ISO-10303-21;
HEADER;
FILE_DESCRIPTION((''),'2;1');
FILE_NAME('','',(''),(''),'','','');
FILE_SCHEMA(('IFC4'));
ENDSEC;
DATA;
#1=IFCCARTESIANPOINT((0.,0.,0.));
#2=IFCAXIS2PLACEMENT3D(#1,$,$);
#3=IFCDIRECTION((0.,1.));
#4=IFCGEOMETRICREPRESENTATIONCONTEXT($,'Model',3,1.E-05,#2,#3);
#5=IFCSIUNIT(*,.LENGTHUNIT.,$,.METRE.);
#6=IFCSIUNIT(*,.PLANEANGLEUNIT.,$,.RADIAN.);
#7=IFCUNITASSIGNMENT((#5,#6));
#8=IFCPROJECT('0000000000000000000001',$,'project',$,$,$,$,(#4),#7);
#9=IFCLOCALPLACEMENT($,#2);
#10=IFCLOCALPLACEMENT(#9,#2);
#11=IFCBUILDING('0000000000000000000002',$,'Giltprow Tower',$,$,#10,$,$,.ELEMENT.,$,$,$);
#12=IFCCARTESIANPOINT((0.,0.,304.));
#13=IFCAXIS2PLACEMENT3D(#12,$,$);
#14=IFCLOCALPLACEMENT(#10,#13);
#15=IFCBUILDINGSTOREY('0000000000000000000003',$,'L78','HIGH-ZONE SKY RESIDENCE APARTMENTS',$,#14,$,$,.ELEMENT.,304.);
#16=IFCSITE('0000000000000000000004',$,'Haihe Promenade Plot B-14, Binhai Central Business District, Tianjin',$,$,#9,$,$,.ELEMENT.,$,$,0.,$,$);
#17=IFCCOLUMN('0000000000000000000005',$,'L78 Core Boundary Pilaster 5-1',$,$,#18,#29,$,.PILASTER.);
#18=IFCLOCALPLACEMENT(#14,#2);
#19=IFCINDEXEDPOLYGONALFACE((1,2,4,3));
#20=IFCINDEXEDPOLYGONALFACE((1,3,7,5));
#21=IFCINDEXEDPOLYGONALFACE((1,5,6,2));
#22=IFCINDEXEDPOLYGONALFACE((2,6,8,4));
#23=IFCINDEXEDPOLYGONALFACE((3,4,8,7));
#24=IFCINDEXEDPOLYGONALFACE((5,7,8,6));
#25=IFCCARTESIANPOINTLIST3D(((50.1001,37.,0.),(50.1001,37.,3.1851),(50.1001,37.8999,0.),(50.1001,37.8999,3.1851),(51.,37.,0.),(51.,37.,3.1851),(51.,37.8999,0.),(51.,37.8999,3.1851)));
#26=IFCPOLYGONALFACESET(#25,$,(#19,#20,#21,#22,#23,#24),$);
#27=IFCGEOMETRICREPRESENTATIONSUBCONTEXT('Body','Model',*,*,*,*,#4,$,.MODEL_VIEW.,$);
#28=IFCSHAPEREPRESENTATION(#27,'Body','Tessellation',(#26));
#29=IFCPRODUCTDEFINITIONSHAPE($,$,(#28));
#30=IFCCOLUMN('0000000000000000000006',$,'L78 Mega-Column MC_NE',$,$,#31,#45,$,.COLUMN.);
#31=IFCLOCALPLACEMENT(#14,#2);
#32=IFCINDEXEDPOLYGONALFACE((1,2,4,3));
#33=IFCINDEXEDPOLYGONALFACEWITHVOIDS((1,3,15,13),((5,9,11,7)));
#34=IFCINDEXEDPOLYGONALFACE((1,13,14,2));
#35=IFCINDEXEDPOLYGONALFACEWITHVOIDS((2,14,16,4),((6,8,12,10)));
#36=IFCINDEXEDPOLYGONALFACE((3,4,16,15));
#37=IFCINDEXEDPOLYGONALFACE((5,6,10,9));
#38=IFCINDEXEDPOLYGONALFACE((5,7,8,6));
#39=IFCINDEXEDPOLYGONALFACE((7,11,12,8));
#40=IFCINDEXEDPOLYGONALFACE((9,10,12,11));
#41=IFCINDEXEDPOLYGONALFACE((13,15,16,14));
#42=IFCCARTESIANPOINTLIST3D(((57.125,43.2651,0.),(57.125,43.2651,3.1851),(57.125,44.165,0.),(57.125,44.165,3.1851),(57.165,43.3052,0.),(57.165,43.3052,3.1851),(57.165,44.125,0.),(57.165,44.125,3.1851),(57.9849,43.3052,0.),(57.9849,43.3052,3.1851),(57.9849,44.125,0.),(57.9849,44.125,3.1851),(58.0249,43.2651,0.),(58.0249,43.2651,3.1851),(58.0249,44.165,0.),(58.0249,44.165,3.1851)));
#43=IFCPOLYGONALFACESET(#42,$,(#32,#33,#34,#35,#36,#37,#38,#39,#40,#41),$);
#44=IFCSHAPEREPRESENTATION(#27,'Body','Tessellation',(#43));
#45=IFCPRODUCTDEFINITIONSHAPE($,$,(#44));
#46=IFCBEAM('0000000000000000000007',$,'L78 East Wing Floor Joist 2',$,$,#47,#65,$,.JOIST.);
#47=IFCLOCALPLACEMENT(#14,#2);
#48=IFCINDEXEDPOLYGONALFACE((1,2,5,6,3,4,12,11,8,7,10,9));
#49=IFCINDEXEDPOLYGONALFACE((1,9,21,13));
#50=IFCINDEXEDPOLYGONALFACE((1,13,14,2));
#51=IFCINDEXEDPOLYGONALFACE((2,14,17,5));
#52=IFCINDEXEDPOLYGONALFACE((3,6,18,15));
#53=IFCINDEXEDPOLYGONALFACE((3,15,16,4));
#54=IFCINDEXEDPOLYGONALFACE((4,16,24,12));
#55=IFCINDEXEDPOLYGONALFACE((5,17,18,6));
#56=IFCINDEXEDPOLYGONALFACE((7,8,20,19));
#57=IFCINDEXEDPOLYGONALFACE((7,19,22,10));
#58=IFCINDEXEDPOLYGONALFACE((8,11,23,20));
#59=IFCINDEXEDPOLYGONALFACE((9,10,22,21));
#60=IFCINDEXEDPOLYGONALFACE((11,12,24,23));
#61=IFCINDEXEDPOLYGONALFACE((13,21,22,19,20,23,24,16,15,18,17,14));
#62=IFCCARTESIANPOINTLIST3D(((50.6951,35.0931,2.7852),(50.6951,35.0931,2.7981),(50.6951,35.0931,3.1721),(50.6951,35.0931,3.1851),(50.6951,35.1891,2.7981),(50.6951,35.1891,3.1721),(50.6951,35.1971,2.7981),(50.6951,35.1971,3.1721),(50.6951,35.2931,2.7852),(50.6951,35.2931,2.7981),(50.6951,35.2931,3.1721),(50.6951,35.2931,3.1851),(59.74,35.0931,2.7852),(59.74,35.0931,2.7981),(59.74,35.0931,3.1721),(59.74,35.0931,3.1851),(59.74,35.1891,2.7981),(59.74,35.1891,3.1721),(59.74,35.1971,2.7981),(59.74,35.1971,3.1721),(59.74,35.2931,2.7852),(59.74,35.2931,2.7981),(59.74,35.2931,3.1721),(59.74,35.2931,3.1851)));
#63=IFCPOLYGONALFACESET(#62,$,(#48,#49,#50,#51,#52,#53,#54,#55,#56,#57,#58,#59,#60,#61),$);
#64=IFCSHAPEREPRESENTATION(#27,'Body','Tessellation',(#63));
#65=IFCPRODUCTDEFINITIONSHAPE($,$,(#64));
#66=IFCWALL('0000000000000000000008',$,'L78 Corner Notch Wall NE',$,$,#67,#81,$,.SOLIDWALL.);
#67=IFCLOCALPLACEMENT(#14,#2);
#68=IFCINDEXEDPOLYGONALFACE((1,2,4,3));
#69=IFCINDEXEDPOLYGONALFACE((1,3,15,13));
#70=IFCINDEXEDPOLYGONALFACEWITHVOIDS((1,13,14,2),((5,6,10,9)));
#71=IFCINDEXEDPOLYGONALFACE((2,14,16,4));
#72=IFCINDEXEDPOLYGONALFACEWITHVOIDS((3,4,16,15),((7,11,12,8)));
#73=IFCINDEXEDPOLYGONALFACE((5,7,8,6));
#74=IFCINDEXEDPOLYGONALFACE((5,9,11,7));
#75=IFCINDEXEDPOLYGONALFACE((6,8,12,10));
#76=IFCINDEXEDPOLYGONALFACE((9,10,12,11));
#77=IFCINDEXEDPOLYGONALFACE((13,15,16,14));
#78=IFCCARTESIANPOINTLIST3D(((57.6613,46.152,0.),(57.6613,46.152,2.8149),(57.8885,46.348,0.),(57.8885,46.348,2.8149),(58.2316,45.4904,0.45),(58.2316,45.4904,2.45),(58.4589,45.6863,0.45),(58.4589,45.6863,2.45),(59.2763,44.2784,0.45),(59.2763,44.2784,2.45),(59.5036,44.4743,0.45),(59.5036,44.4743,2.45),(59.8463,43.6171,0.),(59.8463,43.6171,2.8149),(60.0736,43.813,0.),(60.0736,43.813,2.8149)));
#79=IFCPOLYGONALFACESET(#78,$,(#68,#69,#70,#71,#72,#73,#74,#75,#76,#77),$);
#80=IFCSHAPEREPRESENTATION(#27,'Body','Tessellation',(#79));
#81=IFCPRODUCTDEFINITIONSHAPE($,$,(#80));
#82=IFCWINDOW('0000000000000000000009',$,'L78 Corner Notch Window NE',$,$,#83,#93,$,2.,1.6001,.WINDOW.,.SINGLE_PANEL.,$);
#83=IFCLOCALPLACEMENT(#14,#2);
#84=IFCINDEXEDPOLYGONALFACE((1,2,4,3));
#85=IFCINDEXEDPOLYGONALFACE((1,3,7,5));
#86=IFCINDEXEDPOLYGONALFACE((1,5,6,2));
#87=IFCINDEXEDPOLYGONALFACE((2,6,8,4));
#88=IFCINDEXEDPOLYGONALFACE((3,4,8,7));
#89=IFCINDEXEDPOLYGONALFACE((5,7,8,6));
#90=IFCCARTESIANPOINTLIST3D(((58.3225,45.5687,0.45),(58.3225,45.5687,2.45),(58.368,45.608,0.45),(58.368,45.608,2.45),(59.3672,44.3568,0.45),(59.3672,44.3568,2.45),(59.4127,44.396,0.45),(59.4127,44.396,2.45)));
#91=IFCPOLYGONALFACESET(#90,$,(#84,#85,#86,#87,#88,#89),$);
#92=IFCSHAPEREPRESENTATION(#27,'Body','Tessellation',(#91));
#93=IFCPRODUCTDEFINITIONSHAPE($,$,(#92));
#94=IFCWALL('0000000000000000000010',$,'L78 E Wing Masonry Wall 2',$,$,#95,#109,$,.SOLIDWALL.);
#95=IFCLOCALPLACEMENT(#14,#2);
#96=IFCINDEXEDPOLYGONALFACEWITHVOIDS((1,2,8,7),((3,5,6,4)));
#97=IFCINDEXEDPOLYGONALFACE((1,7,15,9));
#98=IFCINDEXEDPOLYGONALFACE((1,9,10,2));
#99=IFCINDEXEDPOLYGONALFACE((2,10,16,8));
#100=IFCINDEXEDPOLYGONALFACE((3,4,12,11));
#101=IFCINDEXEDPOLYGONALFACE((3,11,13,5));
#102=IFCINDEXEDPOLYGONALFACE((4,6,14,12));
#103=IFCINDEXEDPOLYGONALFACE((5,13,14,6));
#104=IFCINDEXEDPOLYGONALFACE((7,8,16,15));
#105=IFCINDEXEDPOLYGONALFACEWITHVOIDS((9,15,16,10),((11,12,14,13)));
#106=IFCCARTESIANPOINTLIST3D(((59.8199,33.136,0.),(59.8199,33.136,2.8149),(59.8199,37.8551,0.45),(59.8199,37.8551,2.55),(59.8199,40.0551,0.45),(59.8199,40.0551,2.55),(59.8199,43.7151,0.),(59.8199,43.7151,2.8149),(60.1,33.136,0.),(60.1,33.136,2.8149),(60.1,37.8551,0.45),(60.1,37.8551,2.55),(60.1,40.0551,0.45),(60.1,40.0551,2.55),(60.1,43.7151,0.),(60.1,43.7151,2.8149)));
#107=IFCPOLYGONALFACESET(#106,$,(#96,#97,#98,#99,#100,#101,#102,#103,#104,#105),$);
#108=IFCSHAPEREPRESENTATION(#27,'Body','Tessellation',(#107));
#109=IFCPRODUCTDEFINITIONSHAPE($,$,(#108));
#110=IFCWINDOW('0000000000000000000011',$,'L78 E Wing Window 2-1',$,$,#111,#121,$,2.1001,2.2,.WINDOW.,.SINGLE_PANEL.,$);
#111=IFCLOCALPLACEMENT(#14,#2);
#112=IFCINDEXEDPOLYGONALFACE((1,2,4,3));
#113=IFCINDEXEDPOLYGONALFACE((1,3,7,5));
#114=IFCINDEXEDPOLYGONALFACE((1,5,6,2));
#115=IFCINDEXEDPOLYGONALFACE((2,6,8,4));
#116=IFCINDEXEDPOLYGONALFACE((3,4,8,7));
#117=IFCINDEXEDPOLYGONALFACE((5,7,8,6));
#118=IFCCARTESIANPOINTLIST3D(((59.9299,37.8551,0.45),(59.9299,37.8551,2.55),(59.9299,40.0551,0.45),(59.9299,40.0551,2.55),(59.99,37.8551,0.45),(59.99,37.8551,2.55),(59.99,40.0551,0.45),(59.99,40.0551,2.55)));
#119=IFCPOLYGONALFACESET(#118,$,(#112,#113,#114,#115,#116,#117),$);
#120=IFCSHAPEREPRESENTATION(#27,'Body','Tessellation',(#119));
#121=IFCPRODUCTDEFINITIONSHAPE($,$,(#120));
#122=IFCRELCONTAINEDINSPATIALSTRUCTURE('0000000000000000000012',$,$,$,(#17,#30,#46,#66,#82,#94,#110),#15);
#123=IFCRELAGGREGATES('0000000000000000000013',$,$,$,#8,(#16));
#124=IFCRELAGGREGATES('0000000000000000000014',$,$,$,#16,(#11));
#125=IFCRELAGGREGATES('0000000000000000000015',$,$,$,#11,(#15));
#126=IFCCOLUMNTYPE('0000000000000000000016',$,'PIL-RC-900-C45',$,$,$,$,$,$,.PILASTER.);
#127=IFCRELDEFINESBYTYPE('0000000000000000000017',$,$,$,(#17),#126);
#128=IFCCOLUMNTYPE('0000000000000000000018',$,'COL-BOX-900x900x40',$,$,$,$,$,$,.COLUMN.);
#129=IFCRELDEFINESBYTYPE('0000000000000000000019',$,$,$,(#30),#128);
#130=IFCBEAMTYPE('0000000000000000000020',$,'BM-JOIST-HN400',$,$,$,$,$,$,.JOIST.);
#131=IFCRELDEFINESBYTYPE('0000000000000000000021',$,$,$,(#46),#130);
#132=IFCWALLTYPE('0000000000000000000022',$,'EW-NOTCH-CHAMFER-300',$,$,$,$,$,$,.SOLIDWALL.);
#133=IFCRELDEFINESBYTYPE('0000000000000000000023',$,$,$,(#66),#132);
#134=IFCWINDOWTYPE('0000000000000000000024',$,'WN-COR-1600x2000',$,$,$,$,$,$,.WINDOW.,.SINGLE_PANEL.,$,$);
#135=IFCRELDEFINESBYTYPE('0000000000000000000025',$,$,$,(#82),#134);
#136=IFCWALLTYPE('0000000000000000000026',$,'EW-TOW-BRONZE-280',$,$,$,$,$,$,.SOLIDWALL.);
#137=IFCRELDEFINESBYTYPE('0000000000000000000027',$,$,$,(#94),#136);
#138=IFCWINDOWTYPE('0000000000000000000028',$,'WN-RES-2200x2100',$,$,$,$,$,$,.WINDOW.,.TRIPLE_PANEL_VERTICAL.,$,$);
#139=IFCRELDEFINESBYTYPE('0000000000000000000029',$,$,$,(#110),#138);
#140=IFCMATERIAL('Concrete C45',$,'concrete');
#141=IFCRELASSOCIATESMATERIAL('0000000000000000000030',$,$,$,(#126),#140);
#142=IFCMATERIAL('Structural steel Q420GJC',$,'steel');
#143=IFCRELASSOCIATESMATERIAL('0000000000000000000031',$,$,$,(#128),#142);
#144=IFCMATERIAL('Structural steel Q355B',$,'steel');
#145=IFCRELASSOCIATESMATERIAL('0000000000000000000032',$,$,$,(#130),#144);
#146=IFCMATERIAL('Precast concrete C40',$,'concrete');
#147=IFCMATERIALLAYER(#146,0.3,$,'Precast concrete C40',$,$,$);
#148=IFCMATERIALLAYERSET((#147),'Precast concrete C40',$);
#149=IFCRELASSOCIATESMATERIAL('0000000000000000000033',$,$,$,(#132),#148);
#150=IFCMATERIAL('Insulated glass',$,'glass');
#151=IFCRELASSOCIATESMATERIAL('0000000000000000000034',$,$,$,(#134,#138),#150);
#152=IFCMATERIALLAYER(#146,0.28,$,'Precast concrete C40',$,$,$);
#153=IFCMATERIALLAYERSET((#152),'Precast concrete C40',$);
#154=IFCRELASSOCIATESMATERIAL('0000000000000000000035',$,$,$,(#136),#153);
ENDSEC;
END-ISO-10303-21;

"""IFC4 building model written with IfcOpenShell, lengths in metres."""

from ifc_helpers import new_model, si_unit, direction, frame, frame_2d, origin, origin_2d, place, context, subcontext, project, spatial, rectangle, hollow_rectangle, i_section, extrude, source, transform, mapped, material, layer, layer_set, material_profile, profile_set, type_object, element, fill, save


model = new_model("IFC4")

# Units and contexts
model_context = context("Model", 3, precision=1e-05, world=origin(), true_north=direction((0.0, 1.0)))
body_context = subcontext(model_context, "Body", "Model", "MODEL_VIEW")
ifc_project = project(units=[si_unit("LENGTHUNIT", "METRE"), si_unit("PLANEANGLEUNIT", "RADIAN")], contexts=[model_context])

# Site, building, storey
site_placement = place(None, origin())
site = spatial("IfcSite", under=ifc_project, at=site_placement, Name="Haihe Promenade Plot B-14, Binhai Central Business District, Tianjin", CompositionType="ELEMENT", RefElevation=0.0)
building_placement = place(site_placement, origin())
building = spatial("IfcBuilding", under=site, at=building_placement, Name="Giltprow Tower", CompositionType="ELEMENT")
storey_placement = place(building_placement, frame((0.0, 0.0, 304.0)))
storey = spatial("IfcBuildingStorey", under=building, at=storey_placement, Name="L78", Description="HIGH-ZONE SKY RESIDENCE APARTMENTS", CompositionType="ELEMENT", Elevation=304.0)

# Columns
ifc_material_1 = material(Name="Concrete C45", Category="concrete")
ifc_material_profile_1 = material_profile(ifc_material_1, rectangle(XDim=0.8999, YDim=0.8999, at=origin_2d()), Name="RC 900x900")
ifc_profile_set_1 = profile_set([ifc_material_profile_1], Name="Concrete C45")
column_type_1 = type_object("IfcColumnType", Name="PIL-RC-900-C45", PredefinedType="PILASTER", material=ifc_profile_set_1)
shared_shape_1 = source(origin(), body_context, "Body", "SweptSolid", [
    extrude(rectangle(XDim=0.8999, YDim=0.8999, at=origin_2d()), origin(), (0.0, 0.0, 1.0), 3.1851),
])
column_1_placement = place(storey_placement, frame((50.55, 37.45, 0.0), z_axis=(0.0, 0.0, 1.0), x_axis=(1.0, 0.0, 0.0)))
element("IfcColumn", 1, at=column_1_placement, inside=storey, type_object=column_type_1, Name="L78 Core Boundary Pilaster 5-1", PredefinedType="PILASTER", context=body_context, shape_type="MappedRepresentation", body=[
    mapped(shared_shape_1, transform((0.0, 0.0, 0.0), x_axis=(1.0, 0.0, 0.0), y_axis=(0.0, 1.0, 0.0), z_axis=(0.0, 0.0, 1.0), scale=1.0)),
])
ifc_material_2 = material(Name="Structural steel Q420GJC", Category="steel")
ifc_material_profile_2 = material_profile(ifc_material_2, hollow_rectangle(XDim=0.8999, YDim=0.8999, WallThickness=0.04, at=origin_2d()), Name="BOX 900x900x40")
ifc_profile_set_2 = profile_set([ifc_material_profile_2], Name="Structural steel Q420GJC")
column_type_2 = type_object("IfcColumnType", Name="COL-BOX-900x900x40", PredefinedType="COLUMN", material=ifc_profile_set_2)
shared_shape_2 = source(origin(), body_context, "Body", "SweptSolid", [
    extrude(hollow_rectangle(XDim=0.8999, YDim=0.8999, WallThickness=0.04, at=origin_2d()), origin(), (0.0, 0.0, 1.0), 3.1851),
])
column_2_placement = place(storey_placement, frame((57.575, 43.7151, 0.0), z_axis=(0.0, 0.0, 1.0), x_axis=(1.0, 0.0, 0.0)))
element("IfcColumn", 2, at=column_2_placement, inside=storey, type_object=column_type_2, Name="L78 Mega-Column MC_NE", PredefinedType="COLUMN", context=body_context, shape_type="MappedRepresentation", body=[
    mapped(shared_shape_2, transform((0.0, 0.0, 0.0), x_axis=(1.0, 0.0, 0.0), y_axis=(0.0, 1.0, 0.0), z_axis=(0.0, 0.0, 1.0), scale=1.0)),
])

# Beam
ifc_material_3 = material(Name="Structural steel Q355B", Category="steel")
ifc_material_profile_3 = material_profile(ifc_material_3, i_section(OverallWidth=0.2, OverallDepth=0.3999, WebThickness=0.0081, FlangeThickness=0.0129, at=origin_2d()), Name="HN 400x200x8x13")
ifc_profile_set_3 = profile_set([ifc_material_profile_3], Name="Structural steel Q355B")
beam_type = type_object("IfcBeamType", Name="BM-JOIST-HN400", PredefinedType="JOIST", material=ifc_profile_set_3)
shared_shape_3 = source(origin(), body_context, "Body", "SweptSolid", [
    extrude(i_section(OverallWidth=0.2, OverallDepth=0.3999, WebThickness=0.0081, FlangeThickness=0.0129, at=origin_2d()), origin(), (0.0, 0.0, 1.0), 9.0449),
])
beam_placement = place(storey_placement, frame((50.6951, 35.1931, 2.9851), z_axis=(1.0, 0.0, 0.0), x_axis=(0.0, 1.0, 0.0)))
element("IfcBeam", 3, at=beam_placement, inside=storey, type_object=beam_type, Name="L78 East Wing Floor Joist 2", PredefinedType="JOIST", context=body_context, shape_type="MappedRepresentation", body=[
    mapped(shared_shape_3, transform((0.0, 0.0, 0.0), x_axis=(1.0, 0.0, 0.0), y_axis=(0.0, 1.0, 0.0), z_axis=(0.0, 0.0, 1.0), scale=1.0)),
])

# Walls, openings, windows
ifc_material_4 = material(Name="Precast concrete C40", Category="concrete")
ifc_layer_1 = layer(ifc_material_4, 0.3, Name="Precast concrete C40")
ifc_layer_set_1 = layer_set([ifc_layer_1], Name="Precast concrete C40")
wall_type_1 = type_object("IfcWallType", Name="EW-NOTCH-CHAMFER-300", PredefinedType="SOLIDWALL", material=ifc_layer_set_1)
wall_1_placement = place(storey_placement, frame((59.96, 43.7151, 0.0), z_axis=(0.0, 0.0, 1.0), x_axis=(-0.652904, 0.757441, 0.0)))
wall_1 = element("IfcWall", 4, at=wall_1_placement, inside=storey, type_object=wall_type_1, Name="L78 Corner Notch Wall NE", PredefinedType="SOLIDWALL", context=body_context, shape_type="SweptSolid", body=[
    extrude(rectangle(XDim=3.3467, YDim=0.3, at=frame_2d((1.6733, 0.0))), origin(), (0.0, 0.0, 1.0), 2.8149),
])
opening_1_placement = place(wall_1_placement, frame((0.873, 0.0, 0.45)))
opening_1 = element("IfcOpeningElement", 5, at=opening_1_placement, cuts=wall_1, PredefinedType="OPENING", context=body_context, shape_type="SweptSolid", body=[
    extrude(rectangle(XDim=1.6001, YDim=2.0, at=frame_2d((0.8, 1.0))), frame((0.0, 0.1599, 0.0), z_axis=(0.0, -1.0, 0.0), x_axis=(1.0, 0.0, 0.0)), (0.0, 0.0, 1.0), 0.3201),
])
ifc_material_5 = material(Name="Insulated glass", Category="glass")
window_type_1 = type_object("IfcWindowType", Name="WN-COR-1600x2000", PartitioningType="SINGLE_PANEL", PredefinedType="WINDOW", material=ifc_material_5)
shared_shape_4 = source(origin(), body_context, "Body", "SweptSolid", [
    extrude(rectangle(XDim=1.6001, YDim=2.0, at=frame_2d((0.8, 1.0))), frame((0.0, 0.03, 0.0), z_axis=(0.0, -1.0, 0.0), x_axis=(1.0, 0.0, 0.0)), (0.0, 0.0, 1.0), 0.0601),
])
window_1_placement = place(opening_1_placement, origin())
window_1 = element("IfcWindow", 6, at=window_1_placement, inside=storey, type_object=window_type_1, Name="L78 Corner Notch Window NE", OverallHeight=2.0, OverallWidth=1.6001, PartitioningType="SINGLE_PANEL", PredefinedType="WINDOW", context=body_context, shape_type="MappedRepresentation", body=[
    mapped(shared_shape_4, transform((0.0, 0.0, 0.0), x_axis=(1.0, 0.0, 0.0), y_axis=(0.0, 1.0, 0.0), z_axis=(0.0, 0.0, 1.0), scale=1.0)),
])
fill(opening_1, window_1)
ifc_layer_2 = layer(ifc_material_4, 0.28, Name="Precast concrete C40")
ifc_layer_set_2 = layer_set([ifc_layer_2], Name="Precast concrete C40")
wall_type_2 = type_object("IfcWallType", Name="EW-TOW-BRONZE-280", PredefinedType="SOLIDWALL", material=ifc_layer_set_2)
wall_2_placement = place(storey_placement, frame((59.96, 33.136, 0.0), z_axis=(0.0, 0.0, 1.0), x_axis=(0.0, 1.0, 0.0)))
wall_2 = element("IfcWall", 7, at=wall_2_placement, inside=storey, type_object=wall_type_2, Name="L78 E Wing Masonry Wall 2", PredefinedType="SOLIDWALL", context=body_context, shape_type="SweptSolid", body=[
    extrude(rectangle(XDim=10.5791, YDim=0.28, at=frame_2d((5.2896, 0.0))), origin(), (0.0, 0.0, 1.0), 2.8149),
])
opening_2_placement = place(wall_2_placement, frame((4.719, 0.0, 0.45)))
opening_2 = element("IfcOpeningElement", 8, at=opening_2_placement, cuts=wall_2, PredefinedType="OPENING", context=body_context, shape_type="SweptSolid", body=[
    extrude(rectangle(XDim=2.2, YDim=2.1001, at=frame_2d((1.1001, 1.05))), frame((0.0, 0.1499, 0.0), z_axis=(0.0, -1.0, 0.0), x_axis=(1.0, 0.0, 0.0)), (0.0, 0.0, 1.0), 0.3),
])
window_type_2 = type_object("IfcWindowType", Name="WN-RES-2200x2100", PartitioningType="TRIPLE_PANEL_VERTICAL", PredefinedType="WINDOW", material=ifc_material_5)
shared_shape_5 = source(origin(), body_context, "Body", "SweptSolid", [
    extrude(rectangle(XDim=2.2, YDim=2.1001, at=frame_2d((1.1001, 1.05))), frame((0.0, 0.03, 0.0), z_axis=(0.0, -1.0, 0.0), x_axis=(1.0, 0.0, 0.0)), (0.0, 0.0, 1.0), 0.0601),
])
window_2_placement = place(opening_2_placement, origin())
window_2 = element("IfcWindow", 9, at=window_2_placement, inside=storey, type_object=window_type_2, Name="L78 E Wing Window 2-1", OverallHeight=2.1001, OverallWidth=2.2, PartitioningType="SINGLE_PANEL", PredefinedType="WINDOW", context=body_context, shape_type="MappedRepresentation", body=[
    mapped(shared_shape_5, transform((0.0, 0.0, 0.0), x_axis=(1.0, 0.0, 0.0), y_axis=(0.0, 1.0, 0.0), z_axis=(0.0, 0.0, 1.0), scale=1.0)),
])
fill(opening_2, window_2)

save(model, "model.ifc")
